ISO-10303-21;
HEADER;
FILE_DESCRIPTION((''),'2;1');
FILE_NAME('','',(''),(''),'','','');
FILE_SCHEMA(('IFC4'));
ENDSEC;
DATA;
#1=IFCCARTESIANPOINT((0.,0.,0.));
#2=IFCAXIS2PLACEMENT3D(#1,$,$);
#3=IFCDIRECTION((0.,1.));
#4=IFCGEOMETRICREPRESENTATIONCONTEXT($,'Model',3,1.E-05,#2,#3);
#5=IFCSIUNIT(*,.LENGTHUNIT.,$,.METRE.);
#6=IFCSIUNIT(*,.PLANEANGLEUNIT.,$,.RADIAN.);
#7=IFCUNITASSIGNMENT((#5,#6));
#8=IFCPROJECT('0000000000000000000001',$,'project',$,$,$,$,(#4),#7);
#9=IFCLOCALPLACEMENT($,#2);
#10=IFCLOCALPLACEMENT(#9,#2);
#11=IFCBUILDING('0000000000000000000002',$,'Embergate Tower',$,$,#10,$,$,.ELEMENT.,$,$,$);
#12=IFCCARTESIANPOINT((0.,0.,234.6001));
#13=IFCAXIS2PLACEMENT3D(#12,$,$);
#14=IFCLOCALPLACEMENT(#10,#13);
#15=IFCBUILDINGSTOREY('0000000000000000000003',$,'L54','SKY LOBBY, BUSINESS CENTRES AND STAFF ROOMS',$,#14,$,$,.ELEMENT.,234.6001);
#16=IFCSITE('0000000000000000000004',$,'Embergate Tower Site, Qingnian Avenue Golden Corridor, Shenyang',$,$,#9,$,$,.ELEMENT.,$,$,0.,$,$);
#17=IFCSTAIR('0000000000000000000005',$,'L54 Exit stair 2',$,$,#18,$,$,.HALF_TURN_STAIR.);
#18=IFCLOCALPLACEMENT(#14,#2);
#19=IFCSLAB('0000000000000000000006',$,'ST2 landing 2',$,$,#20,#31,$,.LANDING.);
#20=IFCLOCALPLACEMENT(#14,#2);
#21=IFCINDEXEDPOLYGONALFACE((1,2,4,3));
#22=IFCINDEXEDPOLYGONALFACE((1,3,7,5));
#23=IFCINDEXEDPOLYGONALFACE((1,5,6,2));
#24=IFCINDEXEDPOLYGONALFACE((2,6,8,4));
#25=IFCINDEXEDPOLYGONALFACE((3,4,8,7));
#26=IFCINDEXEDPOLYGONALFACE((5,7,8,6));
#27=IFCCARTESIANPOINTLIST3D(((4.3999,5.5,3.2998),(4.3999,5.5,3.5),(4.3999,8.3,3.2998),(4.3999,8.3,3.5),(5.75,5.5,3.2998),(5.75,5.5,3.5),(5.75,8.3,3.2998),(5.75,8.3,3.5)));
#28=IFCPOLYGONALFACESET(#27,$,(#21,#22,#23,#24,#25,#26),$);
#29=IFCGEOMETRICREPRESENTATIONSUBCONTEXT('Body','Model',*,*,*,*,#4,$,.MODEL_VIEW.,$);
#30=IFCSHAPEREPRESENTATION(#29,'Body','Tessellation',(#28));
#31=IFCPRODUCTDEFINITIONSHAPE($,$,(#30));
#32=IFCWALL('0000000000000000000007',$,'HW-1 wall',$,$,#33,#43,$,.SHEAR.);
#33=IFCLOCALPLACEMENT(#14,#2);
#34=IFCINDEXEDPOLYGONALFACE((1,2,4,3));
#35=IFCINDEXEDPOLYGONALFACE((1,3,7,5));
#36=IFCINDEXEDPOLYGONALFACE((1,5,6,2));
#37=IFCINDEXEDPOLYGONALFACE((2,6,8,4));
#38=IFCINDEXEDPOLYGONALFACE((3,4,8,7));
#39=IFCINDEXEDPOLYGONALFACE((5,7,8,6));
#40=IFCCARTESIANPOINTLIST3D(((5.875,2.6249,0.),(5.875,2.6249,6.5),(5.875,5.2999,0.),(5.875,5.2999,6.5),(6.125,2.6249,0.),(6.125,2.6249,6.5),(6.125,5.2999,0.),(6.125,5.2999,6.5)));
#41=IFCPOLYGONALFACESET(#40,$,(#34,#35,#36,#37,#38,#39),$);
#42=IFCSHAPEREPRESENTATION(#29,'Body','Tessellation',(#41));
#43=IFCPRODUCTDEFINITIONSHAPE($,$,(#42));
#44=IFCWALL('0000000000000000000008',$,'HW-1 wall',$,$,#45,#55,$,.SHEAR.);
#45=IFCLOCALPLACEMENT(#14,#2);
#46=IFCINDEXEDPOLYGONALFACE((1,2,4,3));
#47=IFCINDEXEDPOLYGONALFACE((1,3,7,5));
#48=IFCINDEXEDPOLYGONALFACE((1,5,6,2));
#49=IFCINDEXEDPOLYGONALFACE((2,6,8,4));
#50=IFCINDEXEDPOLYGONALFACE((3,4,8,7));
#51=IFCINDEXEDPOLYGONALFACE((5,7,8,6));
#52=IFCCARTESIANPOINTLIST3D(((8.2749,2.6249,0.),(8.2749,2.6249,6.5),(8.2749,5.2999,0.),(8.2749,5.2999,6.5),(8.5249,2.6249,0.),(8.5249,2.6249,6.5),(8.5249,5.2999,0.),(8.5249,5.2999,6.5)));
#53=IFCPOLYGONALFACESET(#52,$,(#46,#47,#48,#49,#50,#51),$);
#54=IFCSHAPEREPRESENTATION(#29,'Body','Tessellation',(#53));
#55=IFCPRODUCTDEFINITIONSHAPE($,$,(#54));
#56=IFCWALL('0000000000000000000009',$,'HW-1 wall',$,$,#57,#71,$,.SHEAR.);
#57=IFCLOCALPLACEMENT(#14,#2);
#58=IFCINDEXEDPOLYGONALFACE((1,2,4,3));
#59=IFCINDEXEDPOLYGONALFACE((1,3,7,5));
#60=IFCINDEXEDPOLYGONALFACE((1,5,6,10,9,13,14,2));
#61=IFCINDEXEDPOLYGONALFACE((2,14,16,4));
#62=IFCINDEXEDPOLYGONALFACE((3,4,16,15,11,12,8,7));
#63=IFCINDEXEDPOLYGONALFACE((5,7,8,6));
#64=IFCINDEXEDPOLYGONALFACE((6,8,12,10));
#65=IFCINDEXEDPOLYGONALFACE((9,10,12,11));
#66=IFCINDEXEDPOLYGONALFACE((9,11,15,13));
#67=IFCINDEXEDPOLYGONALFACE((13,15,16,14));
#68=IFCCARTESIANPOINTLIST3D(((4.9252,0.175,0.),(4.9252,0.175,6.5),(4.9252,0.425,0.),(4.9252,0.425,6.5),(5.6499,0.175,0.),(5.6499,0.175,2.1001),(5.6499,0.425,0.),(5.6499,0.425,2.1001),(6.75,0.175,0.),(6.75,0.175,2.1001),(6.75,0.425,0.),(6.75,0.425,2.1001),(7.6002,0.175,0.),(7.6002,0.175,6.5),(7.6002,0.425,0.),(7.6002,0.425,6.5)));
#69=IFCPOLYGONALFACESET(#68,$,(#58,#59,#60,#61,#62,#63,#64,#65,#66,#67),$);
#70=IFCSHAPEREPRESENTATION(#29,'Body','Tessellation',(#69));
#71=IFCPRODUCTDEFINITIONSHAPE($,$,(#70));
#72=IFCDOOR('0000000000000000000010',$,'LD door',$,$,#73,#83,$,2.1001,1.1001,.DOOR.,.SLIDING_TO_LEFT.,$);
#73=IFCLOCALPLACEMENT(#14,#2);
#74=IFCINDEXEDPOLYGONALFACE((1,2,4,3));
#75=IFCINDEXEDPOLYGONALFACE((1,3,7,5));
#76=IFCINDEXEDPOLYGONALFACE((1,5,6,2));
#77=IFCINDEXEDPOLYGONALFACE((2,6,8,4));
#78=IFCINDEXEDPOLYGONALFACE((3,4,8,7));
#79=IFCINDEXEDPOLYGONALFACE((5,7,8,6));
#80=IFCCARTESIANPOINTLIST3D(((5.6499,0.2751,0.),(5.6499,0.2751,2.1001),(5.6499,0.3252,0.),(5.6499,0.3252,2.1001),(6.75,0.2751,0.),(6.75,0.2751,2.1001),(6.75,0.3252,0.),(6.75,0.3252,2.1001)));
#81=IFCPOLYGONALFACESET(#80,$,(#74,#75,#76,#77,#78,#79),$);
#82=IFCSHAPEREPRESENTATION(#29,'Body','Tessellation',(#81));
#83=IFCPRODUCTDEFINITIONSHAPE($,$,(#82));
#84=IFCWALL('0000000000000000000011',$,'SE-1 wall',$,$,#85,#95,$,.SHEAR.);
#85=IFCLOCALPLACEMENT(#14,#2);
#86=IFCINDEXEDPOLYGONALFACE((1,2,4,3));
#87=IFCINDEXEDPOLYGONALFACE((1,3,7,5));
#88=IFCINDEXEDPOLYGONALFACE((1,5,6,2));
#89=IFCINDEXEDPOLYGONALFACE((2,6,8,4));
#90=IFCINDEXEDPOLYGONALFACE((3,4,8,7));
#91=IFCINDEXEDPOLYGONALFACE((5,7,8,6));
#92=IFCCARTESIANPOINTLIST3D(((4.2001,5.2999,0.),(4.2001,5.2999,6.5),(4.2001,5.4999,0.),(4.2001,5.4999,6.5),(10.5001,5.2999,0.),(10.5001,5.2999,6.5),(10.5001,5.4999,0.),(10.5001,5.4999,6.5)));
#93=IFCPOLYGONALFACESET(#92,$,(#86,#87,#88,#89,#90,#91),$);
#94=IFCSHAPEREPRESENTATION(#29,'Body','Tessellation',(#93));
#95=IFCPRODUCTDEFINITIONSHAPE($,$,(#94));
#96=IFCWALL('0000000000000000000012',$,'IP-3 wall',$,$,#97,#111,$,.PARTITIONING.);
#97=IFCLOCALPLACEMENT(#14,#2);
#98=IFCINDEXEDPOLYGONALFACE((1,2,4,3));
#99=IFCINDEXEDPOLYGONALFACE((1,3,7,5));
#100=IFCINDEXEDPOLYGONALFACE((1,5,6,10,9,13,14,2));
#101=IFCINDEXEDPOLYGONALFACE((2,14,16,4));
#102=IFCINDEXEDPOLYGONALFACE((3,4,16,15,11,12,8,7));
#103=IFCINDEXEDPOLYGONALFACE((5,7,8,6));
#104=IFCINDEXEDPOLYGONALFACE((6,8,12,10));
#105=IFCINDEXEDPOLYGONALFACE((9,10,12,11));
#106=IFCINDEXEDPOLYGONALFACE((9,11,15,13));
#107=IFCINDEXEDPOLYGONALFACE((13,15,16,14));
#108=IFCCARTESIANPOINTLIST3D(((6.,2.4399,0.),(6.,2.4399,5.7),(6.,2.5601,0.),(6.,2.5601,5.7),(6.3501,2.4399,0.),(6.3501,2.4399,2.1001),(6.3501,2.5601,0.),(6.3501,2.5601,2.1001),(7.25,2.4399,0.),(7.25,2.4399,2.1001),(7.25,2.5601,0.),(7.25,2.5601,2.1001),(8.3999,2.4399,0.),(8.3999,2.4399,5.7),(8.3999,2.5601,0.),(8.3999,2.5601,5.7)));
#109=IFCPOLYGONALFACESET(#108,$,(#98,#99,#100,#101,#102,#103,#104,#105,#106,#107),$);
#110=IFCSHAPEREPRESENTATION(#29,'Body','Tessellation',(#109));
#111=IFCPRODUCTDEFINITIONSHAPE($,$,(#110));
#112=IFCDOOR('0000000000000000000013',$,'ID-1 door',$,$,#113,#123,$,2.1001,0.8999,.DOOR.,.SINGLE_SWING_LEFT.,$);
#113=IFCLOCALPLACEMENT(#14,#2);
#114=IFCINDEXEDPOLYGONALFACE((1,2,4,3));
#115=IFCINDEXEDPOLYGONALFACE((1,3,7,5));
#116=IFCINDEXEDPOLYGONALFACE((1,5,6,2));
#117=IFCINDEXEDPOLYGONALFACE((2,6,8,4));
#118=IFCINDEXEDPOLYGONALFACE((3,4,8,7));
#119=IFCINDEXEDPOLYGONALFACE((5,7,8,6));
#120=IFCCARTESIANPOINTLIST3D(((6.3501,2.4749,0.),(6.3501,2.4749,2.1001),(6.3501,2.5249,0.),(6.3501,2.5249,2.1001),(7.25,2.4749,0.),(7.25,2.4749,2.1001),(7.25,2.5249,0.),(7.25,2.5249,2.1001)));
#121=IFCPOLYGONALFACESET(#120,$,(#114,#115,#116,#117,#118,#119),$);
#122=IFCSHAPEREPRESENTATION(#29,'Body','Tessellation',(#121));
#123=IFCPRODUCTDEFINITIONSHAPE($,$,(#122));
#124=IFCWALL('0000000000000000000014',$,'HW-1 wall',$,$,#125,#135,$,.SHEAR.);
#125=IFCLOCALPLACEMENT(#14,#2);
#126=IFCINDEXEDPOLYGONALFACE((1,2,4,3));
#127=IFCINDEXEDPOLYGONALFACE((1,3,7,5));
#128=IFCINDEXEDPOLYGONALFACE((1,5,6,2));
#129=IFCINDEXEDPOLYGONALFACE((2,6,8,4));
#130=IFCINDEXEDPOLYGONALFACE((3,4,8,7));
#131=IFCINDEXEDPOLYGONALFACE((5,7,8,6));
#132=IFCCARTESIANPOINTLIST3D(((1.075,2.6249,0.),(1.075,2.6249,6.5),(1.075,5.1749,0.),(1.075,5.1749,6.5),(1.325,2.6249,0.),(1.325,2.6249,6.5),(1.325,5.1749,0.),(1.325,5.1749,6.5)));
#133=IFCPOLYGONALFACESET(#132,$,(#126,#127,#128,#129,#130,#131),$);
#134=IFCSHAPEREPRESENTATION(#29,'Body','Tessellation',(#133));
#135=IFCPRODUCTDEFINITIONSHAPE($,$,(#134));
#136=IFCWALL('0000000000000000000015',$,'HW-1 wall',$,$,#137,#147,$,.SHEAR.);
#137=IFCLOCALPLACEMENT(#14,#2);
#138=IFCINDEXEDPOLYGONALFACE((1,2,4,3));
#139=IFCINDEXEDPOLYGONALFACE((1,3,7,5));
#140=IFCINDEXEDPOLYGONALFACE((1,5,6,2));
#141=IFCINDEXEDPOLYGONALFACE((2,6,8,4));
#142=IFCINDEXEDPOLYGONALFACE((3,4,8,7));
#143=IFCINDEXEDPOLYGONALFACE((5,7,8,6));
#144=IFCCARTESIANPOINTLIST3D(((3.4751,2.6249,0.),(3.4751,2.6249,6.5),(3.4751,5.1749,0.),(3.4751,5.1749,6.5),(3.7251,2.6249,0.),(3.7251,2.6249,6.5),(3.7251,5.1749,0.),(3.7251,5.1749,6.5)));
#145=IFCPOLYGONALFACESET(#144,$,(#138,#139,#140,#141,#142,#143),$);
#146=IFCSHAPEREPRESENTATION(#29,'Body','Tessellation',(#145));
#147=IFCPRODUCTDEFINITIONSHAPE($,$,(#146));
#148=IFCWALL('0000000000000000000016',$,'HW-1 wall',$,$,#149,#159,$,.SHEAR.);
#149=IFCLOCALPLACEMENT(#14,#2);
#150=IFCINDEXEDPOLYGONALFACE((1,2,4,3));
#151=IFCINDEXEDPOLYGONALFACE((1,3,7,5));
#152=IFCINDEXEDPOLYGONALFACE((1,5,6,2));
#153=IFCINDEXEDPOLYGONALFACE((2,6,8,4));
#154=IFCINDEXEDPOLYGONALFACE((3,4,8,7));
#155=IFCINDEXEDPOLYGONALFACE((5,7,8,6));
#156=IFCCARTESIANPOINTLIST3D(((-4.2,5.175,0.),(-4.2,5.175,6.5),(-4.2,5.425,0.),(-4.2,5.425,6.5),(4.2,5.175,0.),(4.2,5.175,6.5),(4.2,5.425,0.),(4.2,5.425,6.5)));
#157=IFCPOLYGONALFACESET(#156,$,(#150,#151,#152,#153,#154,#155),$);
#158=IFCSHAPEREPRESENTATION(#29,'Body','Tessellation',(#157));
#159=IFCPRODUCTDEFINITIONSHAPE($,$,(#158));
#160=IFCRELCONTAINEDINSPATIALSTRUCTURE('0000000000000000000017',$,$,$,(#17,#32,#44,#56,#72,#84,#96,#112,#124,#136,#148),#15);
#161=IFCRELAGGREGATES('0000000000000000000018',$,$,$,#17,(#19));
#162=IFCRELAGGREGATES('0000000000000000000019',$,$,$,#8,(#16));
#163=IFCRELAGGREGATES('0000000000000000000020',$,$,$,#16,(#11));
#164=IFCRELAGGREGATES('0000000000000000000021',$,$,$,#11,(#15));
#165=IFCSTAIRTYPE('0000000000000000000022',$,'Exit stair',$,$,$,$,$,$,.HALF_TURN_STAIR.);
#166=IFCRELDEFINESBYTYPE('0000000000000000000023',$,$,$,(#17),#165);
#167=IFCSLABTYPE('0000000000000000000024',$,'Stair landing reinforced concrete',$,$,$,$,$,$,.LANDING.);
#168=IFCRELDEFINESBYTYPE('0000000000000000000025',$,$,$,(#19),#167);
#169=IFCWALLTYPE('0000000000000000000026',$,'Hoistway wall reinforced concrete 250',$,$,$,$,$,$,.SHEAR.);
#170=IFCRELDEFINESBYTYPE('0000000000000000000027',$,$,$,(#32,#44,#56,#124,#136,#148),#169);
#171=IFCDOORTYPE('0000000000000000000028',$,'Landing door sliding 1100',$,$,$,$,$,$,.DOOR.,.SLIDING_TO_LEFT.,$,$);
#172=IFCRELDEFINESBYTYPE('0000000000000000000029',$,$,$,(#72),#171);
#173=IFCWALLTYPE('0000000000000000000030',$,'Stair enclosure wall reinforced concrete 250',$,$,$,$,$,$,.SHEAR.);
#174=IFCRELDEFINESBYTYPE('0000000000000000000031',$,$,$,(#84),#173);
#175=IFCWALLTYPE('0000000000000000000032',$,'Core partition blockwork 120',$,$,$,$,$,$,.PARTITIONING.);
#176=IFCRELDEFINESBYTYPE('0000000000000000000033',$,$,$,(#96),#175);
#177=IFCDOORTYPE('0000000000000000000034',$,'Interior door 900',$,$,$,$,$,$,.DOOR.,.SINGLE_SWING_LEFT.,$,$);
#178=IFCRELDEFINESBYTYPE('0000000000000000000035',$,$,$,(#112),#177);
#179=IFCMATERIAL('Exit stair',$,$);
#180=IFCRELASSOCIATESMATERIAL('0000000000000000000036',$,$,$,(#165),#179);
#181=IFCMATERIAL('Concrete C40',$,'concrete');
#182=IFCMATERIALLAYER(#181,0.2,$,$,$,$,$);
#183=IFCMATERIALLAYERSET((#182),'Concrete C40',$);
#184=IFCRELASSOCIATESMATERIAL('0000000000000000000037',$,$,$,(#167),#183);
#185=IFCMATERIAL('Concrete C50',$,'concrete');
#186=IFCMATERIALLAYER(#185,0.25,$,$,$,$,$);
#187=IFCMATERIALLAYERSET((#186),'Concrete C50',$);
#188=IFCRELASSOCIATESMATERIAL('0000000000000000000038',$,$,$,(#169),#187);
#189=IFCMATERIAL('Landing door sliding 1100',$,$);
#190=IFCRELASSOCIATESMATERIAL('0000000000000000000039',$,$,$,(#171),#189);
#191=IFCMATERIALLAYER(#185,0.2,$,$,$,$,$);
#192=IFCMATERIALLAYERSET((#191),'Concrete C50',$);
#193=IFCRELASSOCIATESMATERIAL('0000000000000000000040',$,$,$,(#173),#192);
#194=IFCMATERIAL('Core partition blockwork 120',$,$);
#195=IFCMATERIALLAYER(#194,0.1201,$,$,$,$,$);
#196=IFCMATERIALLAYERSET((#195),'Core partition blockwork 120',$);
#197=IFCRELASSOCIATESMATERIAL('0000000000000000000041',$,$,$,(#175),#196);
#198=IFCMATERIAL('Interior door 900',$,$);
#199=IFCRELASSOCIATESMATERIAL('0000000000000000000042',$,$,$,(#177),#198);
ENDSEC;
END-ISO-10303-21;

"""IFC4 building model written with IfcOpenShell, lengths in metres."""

from ifc_helpers import new_model, si_unit, direction, frame, frame_2d, origin, place, context, subcontext, project, spatial, polyline, rectangle, outline, extrude, source, transform, mapped, material, layer, layer_set, type_object, element, fill, aggregate, save


model = new_model("IFC4")

# Units and contexts
model_context = context("Model", 3, precision=1e-05, world=origin(), true_north=direction((0.0, 1.0)))
body_context = subcontext(model_context, "Body", "Model", "MODEL_VIEW")
ifc_project = project(units=[si_unit("LENGTHUNIT", "METRE"), si_unit("PLANEANGLEUNIT", "RADIAN")], contexts=[model_context])

# Site, building, storey
site_placement = place(None, origin())
site = spatial("IfcSite", under=ifc_project, at=site_placement, Name="Embergate Tower Site, Qingnian Avenue Golden Corridor, Shenyang", CompositionType="ELEMENT", RefElevation=0.0)
building_placement = place(site_placement, origin())
building = spatial("IfcBuilding", under=site, at=building_placement, Name="Embergate Tower", CompositionType="ELEMENT")
storey_placement = place(building_placement, frame((0.0, 0.0, 234.6001)))
storey = spatial("IfcBuildingStorey", under=building, at=storey_placement, Name="L54", Description="SKY LOBBY, BUSINESS CENTRES AND STAFF ROOMS", CompositionType="ELEMENT", Elevation=234.6001)

# Stair, slab
ifc_material_1 = material(Name="Exit stair")
stair_type = type_object("IfcStairType", Name="Exit stair", PredefinedType="HALF_TURN_STAIR", material=ifc_material_1)
stair_placement = place(storey_placement, origin())
stair = element("IfcStair", 1, at=stair_placement, inside=storey, type_object=stair_type, Name="L54 Exit stair 2", PredefinedType="HALF_TURN_STAIR")
ifc_material_2 = material(Name="Concrete C40", Category="concrete")
ifc_layer_1 = layer(ifc_material_2, 0.2)
ifc_layer_set_1 = layer_set([ifc_layer_1], Name="Concrete C40")
slab_type = type_object("IfcSlabType", Name="Stair landing reinforced concrete", PredefinedType="LANDING", material=ifc_layer_set_1)
shared_shape_1 = source(origin(), body_context, "Body", "SweptSolid", [
    extrude(outline(polyline([(0.0, 0.0), (1.3501, 0.0), (1.3501, 2.8), (0.0, 2.8), (0.0, 0.0)])), origin(), (0.0, 0.0, 1.0), 0.2002),
])
slab_placement = place(storey_placement, frame((4.3999, 5.5, 3.2998)))
slab = element("IfcSlab", 2, at=slab_placement, type_object=slab_type, Name="ST2 landing 2", PredefinedType="LANDING", context=body_context, shape_type="MappedRepresentation", body=[
    mapped(shared_shape_1, transform((0.0, 0.0, 0.0))),
])
aggregate(stair, [slab])

# Walls
ifc_material_3 = material(Name="Concrete C50", Category="concrete")
ifc_layer_2 = layer(ifc_material_3, 0.25)
ifc_layer_set_2 = layer_set([ifc_layer_2], Name="Concrete C50")
wall_type_1 = type_object("IfcWallType", Name="Hoistway wall reinforced concrete 250", PredefinedType="SHEAR", material=ifc_layer_set_2)
shared_shape_2 = source(origin(), body_context, "Body", "SweptSolid", [
    extrude(rectangle(XDim=2.675, YDim=0.25, at=frame_2d((1.3374, 0.0))), origin(), (0.0, 0.0, 1.0), 6.5),
])
for number, where, z_axis, x_axis, name in (
    (3, (6.0, 2.625, 0.0), (0.0, 0.0, 1.0), (0.0, 1.0, 0.0), "HW-1 wall"),
    (4, (8.3999, 2.625, 0.0), (0.0, 0.0, 1.0), (0.0, 1.0, 0.0), "HW-1 wall"),
):
    element("IfcWall", number, at=place(storey_placement, frame(where, z_axis=z_axis, x_axis=x_axis)), inside=storey, type_object=wall_type_1, Name=name, PredefinedType="SHEAR", context=body_context, shape_type="MappedRepresentation", body=[
        mapped(shared_shape_2, transform((0.0, 0.0, 0.0))),
    ])

# Wall, opening, door
wall_1_placement = place(storey_placement, frame((7.6001, 0.3, 0.0), z_axis=(0.0, 0.0, 1.0), x_axis=(-1.0, 0.0, 0.0)))
wall_1 = element("IfcWall", 5, at=wall_1_placement, inside=storey, type_object=wall_type_1, Name="HW-1 wall", PredefinedType="SHEAR", context=body_context, shape_type="MappedRepresentation", body=[
    mapped(shared_shape_2, transform((0.0, 0.0, 0.0))),
])
shared_shape_3 = source(origin(), body_context, "Body", "SweptSolid", [
    extrude(rectangle(XDim=1.1001, YDim=2.1001, at=frame_2d((0.55, 1.05))), frame((0.0, 0.135, 0.0), z_axis=(0.0, -1.0, 0.0), x_axis=(1.0, 0.0, 0.0)), (0.0, 0.0, 1.0), 0.27),
])
opening_1_placement = place(wall_1_placement, frame((0.8501, 0.0, 0.0)))
opening_1 = element("IfcOpeningElement", 6, at=opening_1_placement, cuts=wall_1, PredefinedType="OPENING", context=body_context, shape_type="MappedRepresentation", body=[
    mapped(shared_shape_3, transform((0.0, 0.0, 0.0))),
])
ifc_material_4 = material(Name="Landing door sliding 1100")
door_type_1 = type_object("IfcDoorType", Name="Landing door sliding 1100", OperationType="SLIDING_TO_LEFT", PredefinedType="DOOR", material=ifc_material_4)
shared_shape_4 = source(origin(), body_context, "Body", "SweptSolid", [
    extrude(rectangle(XDim=1.1001, YDim=2.1001, at=frame_2d((0.55, 1.05))), frame((0.0, 0.0249, 0.0), z_axis=(0.0, -1.0, 0.0), x_axis=(1.0, 0.0, 0.0)), (0.0, 0.0, 1.0), 0.05),
])
door_1_placement = place(opening_1_placement, origin())
door_1 = element("IfcDoor", 7, at=door_1_placement, inside=storey, type_object=door_type_1, Name="LD door", OperationType="SLIDING_TO_LEFT", OverallHeight=2.1001, OverallWidth=1.1001, PredefinedType="DOOR", context=body_context, shape_type="MappedRepresentation", body=[
    mapped(shared_shape_4, transform((0.0, 0.0, 0.0))),
])
fill(opening_1, door_1)

# Wall
ifc_layer_3 = layer(ifc_material_3, 0.2)
ifc_layer_set_3 = layer_set([ifc_layer_3], Name="Concrete C50")
wall_type_2 = type_object("IfcWallType", Name="Stair enclosure wall reinforced concrete 250", PredefinedType="SHEAR", material=ifc_layer_set_3)
shared_shape_5 = source(origin(), body_context, "Body", "SweptSolid", [
    extrude(rectangle(XDim=6.3, YDim=0.2, at=frame_2d((3.1499, 0.0))), origin(), (0.0, 0.0, 1.0), 6.5),
])
wall_2_placement = place(storey_placement, frame((10.5, 5.3999, 0.0), z_axis=(0.0, 0.0, 1.0), x_axis=(-1.0, 0.0, 0.0)))
element("IfcWall", 8, at=wall_2_placement, inside=storey, type_object=wall_type_2, Name="SE-1 wall", PredefinedType="SHEAR", context=body_context, shape_type="MappedRepresentation", body=[
    mapped(shared_shape_5, transform((0.0, 0.0, 0.0))),
])

# Wall, opening, door
ifc_material_5 = material(Name="Core partition blockwork 120")
ifc_layer_4 = layer(ifc_material_5, 0.1201)
ifc_layer_set_4 = layer_set([ifc_layer_4], Name="Core partition blockwork 120")
wall_type_3 = type_object("IfcWallType", Name="Core partition blockwork 120", PredefinedType="PARTITIONING", material=ifc_layer_set_4)
shared_shape_6 = source(origin(), body_context, "Body", "SweptSolid", [
    extrude(rectangle(XDim=2.3999, YDim=0.1201, at=frame_2d((1.2, 0.0))), origin(), (0.0, 0.0, 1.0), 5.7),
])
wall_3_placement = place(storey_placement, frame((6.0, 2.5, 0.0), z_axis=(0.0, 0.0, 1.0), x_axis=(1.0, 0.0, 0.0)))
wall_3 = element("IfcWall", 9, at=wall_3_placement, inside=storey, type_object=wall_type_3, Name="IP-3 wall", PredefinedType="PARTITIONING", context=body_context, shape_type="MappedRepresentation", body=[
    mapped(shared_shape_6, transform((0.0, 0.0, 0.0))),
])
shared_shape_7 = source(origin(), body_context, "Body", "SweptSolid", [
    extrude(rectangle(XDim=0.8999, YDim=2.1001, at=frame_2d((0.45, 1.05))), frame((0.0, 0.0701, 0.0), z_axis=(0.0, -1.0, 0.0), x_axis=(1.0, 0.0, 0.0)), (0.0, 0.0, 1.0), 0.1401),
])
opening_2_placement = place(wall_3_placement, frame((0.3501, 0.0, 0.0)))
opening_2 = element("IfcOpeningElement", 10, at=opening_2_placement, cuts=wall_3, PredefinedType="OPENING", context=body_context, shape_type="MappedRepresentation", body=[
    mapped(shared_shape_7, transform((0.0, 0.0, 0.0))),
])
ifc_material_6 = material(Name="Interior door 900")
door_type_2 = type_object("IfcDoorType", Name="Interior door 900", OperationType="SINGLE_SWING_LEFT", PredefinedType="DOOR", material=ifc_material_6)
shared_shape_8 = source(origin(), body_context, "Body", "SweptSolid", [
    extrude(rectangle(XDim=0.8999, YDim=2.1001, at=frame_2d((0.45, 1.05))), frame((0.0, 0.0249, 0.0), z_axis=(0.0, -1.0, 0.0), x_axis=(1.0, 0.0, 0.0)), (0.0, 0.0, 1.0), 0.05),
])
door_2_placement = place(opening_2_placement, origin())
door_2 = element("IfcDoor", 11, at=door_2_placement, inside=storey, type_object=door_type_2, Name="ID-1 door", OperationType="SINGLE_SWING_LEFT", OverallHeight=2.1001, OverallWidth=0.8999, PredefinedType="DOOR", context=body_context, shape_type="MappedRepresentation", body=[
    mapped(shared_shape_8, transform((0.0, 0.0, 0.0))),
])
fill(opening_2, door_2)

# Walls
shared_shape_9 = source(origin(), body_context, "Body", "SweptSolid", [
    extrude(rectangle(XDim=2.55, YDim=0.25, at=frame_2d((1.2749, 0.0))), origin(), (0.0, 0.0, 1.0), 6.5),
])
for number, where, z_axis, x_axis, name in (
    (12, (1.2, 2.625, 0.0), (0.0, 0.0, 1.0), (0.0, 1.0, 0.0), "HW-1 wall"),
    (13, (3.6001, 2.625, 0.0), (0.0, 0.0, 1.0), (0.0, 1.0, 0.0), "HW-1 wall"),
):
    element("IfcWall", number, at=place(storey_placement, frame(where, z_axis=z_axis, x_axis=x_axis)), inside=storey, type_object=wall_type_1, Name=name, PredefinedType="SHEAR", context=body_context, shape_type="MappedRepresentation", body=[
        mapped(shared_shape_9, transform((0.0, 0.0, 0.0))),
    ])
shared_shape_10 = source(origin(), body_context, "Body", "SweptSolid", [
    extrude(rectangle(XDim=8.3999, YDim=0.25, at=frame_2d((4.2, 0.0))), origin(), (0.0, 0.0, 1.0), 6.5),
])
wall_4_placement = place(storey_placement, frame((4.2, 5.3, 0.0), z_axis=(0.0, 0.0, 1.0), x_axis=(-1.0, 0.0, 0.0)))
element("IfcWall", 14, at=wall_4_placement, inside=storey, type_object=wall_type_1, Name="HW-1 wall", PredefinedType="SHEAR", context=body_context, shape_type="MappedRepresentation", body=[
    mapped(shared_shape_10, transform((0.0, 0.0, 0.0))),
])

save(model, "model.ifc")
